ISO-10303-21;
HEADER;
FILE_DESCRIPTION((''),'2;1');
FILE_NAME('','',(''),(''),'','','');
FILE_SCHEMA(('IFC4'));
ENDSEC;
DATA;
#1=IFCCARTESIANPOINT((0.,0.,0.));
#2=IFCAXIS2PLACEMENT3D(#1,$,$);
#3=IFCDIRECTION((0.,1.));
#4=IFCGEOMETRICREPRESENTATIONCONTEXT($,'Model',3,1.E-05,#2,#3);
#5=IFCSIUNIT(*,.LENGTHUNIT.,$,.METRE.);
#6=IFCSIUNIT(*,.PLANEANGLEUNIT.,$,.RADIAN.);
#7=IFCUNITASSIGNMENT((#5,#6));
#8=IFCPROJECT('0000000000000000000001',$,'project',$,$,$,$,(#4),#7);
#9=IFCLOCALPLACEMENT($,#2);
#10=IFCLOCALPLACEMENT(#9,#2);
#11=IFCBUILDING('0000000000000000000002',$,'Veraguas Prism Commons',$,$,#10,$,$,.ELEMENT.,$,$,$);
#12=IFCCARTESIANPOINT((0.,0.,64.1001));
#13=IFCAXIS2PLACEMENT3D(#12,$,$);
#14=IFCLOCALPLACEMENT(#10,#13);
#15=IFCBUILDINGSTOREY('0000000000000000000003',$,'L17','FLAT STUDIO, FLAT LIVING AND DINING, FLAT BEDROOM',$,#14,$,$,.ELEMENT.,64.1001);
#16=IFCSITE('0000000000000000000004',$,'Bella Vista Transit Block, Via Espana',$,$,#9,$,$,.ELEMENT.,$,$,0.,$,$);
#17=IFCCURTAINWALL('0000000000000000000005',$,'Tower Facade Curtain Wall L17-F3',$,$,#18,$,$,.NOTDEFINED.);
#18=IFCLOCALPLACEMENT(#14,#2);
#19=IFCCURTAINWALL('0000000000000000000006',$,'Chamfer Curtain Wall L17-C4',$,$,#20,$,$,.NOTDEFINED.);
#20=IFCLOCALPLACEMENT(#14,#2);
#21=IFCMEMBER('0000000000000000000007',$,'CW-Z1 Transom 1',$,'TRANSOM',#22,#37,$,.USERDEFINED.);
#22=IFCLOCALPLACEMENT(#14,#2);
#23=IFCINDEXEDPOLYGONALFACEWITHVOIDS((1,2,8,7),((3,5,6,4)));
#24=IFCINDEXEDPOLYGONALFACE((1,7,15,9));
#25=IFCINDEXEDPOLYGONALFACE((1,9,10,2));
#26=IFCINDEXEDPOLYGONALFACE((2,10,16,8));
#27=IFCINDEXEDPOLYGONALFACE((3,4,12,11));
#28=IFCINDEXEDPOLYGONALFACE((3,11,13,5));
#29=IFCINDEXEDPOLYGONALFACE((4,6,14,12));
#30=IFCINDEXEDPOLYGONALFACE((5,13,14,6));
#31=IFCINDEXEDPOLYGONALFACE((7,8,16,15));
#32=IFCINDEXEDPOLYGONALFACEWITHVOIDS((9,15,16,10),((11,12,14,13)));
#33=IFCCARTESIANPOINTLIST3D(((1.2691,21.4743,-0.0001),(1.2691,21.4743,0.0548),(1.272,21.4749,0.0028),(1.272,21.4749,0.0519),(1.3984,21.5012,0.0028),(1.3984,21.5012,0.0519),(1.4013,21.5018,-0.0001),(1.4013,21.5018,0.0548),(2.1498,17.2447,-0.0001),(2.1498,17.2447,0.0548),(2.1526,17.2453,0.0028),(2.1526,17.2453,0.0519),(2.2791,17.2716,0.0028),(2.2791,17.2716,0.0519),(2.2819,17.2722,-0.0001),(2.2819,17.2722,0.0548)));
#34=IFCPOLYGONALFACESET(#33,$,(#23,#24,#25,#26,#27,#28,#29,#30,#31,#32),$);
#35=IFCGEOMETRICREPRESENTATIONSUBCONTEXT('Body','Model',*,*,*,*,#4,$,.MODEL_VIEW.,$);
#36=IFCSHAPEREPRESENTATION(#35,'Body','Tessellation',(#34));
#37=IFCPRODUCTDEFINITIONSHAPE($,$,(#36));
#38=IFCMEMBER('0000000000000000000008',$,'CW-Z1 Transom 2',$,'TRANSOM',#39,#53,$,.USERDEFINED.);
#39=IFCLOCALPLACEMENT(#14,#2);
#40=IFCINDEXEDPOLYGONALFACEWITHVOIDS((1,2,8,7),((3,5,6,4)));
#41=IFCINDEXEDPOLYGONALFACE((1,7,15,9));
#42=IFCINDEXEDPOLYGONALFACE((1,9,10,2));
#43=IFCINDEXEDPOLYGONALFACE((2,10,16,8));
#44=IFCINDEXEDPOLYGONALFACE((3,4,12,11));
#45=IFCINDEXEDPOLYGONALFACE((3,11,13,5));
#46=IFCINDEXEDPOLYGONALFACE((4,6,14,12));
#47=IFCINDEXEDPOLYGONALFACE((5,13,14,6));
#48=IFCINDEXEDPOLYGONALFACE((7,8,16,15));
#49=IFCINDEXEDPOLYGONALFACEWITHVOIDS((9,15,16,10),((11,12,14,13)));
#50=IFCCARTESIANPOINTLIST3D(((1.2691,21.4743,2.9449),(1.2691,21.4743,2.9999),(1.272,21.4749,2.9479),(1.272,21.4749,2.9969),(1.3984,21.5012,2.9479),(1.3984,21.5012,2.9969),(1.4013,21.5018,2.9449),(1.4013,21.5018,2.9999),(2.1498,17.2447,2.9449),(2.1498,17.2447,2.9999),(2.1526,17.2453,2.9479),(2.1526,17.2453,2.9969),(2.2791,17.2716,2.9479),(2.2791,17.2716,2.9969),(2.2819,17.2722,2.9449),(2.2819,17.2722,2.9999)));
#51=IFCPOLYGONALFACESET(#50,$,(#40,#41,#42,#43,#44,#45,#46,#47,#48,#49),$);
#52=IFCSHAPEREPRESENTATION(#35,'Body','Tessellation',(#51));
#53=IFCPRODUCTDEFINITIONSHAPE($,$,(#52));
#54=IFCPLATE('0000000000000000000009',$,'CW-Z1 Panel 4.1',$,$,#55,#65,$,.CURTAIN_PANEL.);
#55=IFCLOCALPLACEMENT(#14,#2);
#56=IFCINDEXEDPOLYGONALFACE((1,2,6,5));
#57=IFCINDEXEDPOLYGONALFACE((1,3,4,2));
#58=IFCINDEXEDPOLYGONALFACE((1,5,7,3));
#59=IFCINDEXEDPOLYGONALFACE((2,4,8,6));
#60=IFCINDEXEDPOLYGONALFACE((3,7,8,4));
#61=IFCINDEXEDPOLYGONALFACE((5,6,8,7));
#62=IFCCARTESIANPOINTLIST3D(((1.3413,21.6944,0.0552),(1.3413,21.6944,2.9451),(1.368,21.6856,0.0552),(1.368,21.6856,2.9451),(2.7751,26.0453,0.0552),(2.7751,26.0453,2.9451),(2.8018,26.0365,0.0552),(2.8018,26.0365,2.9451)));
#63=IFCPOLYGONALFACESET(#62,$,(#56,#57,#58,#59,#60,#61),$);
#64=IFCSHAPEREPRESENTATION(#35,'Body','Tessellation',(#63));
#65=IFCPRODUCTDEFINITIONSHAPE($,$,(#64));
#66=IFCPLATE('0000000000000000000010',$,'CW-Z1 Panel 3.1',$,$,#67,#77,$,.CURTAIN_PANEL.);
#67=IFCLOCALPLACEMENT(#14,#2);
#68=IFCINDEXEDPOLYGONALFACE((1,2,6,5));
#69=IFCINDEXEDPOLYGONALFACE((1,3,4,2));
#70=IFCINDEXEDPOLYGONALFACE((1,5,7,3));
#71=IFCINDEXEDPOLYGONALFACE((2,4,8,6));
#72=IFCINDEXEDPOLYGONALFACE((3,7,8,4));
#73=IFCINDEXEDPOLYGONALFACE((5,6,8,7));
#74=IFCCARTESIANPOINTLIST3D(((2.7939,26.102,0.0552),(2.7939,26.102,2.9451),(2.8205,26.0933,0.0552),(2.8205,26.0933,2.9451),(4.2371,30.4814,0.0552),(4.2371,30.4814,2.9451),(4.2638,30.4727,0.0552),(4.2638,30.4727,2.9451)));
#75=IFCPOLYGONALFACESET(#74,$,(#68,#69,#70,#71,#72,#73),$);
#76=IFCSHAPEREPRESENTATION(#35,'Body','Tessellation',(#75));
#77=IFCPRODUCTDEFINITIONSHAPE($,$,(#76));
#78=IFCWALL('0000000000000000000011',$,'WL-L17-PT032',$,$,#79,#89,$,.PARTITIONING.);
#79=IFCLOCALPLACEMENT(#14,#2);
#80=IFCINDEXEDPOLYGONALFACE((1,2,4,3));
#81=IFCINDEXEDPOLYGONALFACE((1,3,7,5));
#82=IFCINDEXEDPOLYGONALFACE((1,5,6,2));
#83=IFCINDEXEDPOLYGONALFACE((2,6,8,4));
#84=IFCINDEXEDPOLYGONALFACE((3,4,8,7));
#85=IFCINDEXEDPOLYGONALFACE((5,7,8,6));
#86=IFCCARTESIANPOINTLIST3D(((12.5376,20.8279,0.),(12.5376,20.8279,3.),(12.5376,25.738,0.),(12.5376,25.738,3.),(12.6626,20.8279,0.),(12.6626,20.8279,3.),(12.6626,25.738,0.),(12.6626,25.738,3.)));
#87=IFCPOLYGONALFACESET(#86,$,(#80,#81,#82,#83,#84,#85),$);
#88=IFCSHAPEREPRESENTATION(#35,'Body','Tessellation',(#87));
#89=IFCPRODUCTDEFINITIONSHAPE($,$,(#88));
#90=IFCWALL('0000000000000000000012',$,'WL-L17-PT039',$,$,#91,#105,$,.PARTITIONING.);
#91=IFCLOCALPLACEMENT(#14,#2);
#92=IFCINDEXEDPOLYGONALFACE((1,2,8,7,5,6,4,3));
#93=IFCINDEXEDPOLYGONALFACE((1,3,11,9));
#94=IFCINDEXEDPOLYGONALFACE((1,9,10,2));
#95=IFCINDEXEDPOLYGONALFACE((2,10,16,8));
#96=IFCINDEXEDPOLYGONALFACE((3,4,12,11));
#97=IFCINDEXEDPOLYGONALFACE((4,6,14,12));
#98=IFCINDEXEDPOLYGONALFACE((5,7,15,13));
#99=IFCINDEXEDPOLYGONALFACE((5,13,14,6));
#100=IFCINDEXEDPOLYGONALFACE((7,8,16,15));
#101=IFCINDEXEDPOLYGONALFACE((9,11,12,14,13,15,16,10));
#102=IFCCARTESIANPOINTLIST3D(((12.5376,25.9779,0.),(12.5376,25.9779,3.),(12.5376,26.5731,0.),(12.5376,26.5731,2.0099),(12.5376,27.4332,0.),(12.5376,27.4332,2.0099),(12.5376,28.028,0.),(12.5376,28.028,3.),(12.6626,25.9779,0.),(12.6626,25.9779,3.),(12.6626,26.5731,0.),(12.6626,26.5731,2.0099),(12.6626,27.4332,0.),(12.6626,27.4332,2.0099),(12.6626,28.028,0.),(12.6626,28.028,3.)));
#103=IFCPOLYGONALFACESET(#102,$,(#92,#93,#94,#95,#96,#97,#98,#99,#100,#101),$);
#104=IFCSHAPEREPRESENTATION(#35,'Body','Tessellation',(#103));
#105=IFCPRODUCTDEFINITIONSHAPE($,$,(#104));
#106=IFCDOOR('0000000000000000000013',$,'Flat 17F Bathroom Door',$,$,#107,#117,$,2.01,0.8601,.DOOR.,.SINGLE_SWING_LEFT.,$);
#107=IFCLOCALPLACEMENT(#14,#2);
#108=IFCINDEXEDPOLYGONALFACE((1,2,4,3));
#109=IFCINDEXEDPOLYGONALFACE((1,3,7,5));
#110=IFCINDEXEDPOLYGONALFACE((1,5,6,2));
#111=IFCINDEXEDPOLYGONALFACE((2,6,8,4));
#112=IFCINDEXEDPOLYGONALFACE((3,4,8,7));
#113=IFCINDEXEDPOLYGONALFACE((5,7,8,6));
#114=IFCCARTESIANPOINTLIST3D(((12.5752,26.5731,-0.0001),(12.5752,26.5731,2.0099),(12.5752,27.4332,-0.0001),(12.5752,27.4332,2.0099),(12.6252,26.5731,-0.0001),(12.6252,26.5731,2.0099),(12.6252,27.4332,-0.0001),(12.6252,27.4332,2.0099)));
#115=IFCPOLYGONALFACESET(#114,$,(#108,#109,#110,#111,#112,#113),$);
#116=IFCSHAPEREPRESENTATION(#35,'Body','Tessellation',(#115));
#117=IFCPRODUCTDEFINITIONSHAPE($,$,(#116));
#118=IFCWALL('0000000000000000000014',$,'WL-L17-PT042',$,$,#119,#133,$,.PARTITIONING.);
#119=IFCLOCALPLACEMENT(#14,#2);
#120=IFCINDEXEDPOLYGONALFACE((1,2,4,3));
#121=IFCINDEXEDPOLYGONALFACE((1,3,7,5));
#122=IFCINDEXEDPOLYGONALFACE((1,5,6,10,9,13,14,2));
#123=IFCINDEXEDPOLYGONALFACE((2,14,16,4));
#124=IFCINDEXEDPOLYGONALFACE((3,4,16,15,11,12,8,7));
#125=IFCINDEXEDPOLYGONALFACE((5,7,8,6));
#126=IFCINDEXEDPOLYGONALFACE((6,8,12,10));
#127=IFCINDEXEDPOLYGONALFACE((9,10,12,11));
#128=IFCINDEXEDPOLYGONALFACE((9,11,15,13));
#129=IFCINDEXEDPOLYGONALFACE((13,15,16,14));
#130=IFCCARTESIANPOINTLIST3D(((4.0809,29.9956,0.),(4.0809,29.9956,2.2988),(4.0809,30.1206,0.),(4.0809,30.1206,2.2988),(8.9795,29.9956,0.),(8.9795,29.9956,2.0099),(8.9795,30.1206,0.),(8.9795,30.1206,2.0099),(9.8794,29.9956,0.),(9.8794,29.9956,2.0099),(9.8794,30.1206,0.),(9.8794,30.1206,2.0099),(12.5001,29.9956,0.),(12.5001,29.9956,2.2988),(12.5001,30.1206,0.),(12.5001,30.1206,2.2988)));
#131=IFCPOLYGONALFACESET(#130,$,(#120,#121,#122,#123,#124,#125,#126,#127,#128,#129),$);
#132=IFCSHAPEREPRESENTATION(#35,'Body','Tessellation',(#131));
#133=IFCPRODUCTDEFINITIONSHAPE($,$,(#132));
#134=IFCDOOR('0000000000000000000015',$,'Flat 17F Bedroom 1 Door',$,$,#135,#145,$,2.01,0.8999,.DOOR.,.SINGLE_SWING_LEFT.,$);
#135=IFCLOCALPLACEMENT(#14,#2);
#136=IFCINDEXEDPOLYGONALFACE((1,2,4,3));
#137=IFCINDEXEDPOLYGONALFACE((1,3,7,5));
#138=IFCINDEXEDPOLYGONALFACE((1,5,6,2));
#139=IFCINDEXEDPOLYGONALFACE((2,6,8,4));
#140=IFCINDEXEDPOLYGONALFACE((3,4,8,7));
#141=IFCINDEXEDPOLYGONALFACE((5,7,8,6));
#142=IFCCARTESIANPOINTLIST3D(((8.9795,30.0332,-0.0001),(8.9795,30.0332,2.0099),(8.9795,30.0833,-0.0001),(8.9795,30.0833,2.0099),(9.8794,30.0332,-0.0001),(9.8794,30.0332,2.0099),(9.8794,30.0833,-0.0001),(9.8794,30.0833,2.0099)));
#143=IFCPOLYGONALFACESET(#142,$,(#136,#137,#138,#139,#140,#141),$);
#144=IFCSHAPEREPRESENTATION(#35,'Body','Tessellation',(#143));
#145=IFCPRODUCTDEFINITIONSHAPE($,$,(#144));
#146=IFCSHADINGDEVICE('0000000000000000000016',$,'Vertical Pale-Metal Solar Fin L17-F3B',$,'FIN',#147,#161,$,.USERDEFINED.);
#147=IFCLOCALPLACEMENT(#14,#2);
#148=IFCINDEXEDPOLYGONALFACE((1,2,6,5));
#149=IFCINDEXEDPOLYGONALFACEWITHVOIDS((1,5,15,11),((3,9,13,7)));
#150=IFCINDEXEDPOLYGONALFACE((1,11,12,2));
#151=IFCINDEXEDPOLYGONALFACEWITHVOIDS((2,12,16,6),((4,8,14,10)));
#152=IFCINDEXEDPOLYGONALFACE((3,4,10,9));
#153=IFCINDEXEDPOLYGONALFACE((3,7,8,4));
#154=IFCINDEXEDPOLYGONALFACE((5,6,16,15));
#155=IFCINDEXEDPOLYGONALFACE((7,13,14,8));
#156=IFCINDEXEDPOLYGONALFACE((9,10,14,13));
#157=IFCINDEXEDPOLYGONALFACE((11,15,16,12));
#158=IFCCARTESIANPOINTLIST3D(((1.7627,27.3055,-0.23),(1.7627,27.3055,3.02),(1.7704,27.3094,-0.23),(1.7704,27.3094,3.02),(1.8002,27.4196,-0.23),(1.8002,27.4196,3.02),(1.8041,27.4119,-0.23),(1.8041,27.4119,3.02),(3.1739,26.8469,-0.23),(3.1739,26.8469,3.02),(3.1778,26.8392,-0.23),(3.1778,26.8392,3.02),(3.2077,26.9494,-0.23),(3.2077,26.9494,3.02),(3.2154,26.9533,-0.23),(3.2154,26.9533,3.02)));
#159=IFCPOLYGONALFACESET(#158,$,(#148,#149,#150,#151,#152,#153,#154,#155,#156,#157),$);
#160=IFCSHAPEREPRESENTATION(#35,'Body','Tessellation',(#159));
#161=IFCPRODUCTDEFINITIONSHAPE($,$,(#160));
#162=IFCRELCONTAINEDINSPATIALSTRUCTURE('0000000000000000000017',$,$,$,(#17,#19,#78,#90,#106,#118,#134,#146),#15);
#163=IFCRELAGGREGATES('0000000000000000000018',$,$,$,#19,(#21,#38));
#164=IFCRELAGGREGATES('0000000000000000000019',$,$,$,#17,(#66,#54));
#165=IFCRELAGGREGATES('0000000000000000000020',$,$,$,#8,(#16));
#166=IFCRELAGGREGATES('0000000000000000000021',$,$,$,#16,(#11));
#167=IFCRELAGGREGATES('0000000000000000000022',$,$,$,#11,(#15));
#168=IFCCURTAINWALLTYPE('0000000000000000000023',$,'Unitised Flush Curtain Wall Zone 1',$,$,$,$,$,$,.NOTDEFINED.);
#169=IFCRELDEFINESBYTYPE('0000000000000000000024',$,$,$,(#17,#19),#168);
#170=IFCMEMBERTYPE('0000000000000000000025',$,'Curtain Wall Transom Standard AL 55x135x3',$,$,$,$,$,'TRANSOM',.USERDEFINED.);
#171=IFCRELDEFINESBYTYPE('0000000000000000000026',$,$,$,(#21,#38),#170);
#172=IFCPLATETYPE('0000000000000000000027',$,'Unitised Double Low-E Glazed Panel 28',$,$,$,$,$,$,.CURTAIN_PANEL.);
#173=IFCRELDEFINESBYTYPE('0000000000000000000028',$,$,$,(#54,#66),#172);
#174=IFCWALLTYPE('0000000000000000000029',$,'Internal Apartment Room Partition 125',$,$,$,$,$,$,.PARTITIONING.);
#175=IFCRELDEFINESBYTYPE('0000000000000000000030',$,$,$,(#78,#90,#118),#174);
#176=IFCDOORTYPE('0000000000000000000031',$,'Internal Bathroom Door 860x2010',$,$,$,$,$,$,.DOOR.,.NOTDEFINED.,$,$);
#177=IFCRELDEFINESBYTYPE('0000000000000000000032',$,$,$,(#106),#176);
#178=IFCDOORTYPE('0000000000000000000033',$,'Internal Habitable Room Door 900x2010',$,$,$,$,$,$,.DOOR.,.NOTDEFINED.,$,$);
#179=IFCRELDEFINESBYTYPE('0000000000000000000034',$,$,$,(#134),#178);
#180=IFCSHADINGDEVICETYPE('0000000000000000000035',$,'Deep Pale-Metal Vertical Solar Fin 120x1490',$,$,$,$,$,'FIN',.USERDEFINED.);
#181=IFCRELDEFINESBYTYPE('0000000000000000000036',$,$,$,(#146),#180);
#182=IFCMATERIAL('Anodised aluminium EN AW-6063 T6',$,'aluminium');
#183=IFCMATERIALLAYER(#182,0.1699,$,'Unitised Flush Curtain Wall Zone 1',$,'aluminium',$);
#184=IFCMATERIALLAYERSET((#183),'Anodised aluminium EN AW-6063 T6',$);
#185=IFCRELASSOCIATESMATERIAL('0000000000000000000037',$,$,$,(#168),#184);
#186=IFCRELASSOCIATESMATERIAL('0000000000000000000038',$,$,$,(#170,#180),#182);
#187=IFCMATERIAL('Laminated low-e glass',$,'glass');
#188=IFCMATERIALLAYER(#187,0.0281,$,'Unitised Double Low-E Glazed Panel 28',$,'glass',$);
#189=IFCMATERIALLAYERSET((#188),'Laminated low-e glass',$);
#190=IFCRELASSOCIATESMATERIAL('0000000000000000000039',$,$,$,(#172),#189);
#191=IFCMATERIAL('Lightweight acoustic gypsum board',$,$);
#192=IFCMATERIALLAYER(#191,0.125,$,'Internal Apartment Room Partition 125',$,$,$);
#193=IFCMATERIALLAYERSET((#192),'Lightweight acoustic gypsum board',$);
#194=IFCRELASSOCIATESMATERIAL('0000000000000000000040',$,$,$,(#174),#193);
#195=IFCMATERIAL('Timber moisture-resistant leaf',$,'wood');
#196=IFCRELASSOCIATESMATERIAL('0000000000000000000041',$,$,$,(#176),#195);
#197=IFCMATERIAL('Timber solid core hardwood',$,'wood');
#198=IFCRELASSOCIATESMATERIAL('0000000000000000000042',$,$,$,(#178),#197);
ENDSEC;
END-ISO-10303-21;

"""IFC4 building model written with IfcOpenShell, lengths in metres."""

from ifc_helpers import new_model, si_unit, direction, frame, frame_2d, origin, origin_2d, place, context, subcontext, project, spatial, rectangle, hollow_rectangle, extrude, source, transform, mapped, material, layer, layer_set, material_profile, profile_set, type_object, element, fill, aggregate, save


model = new_model("IFC4")

# Units and contexts
model_context = context("Model", 3, precision=1e-05, world=origin(), true_north=direction((0.0, 1.0)))
body_context = subcontext(model_context, "Body", "Model", "MODEL_VIEW")
ifc_project = project(units=[si_unit("LENGTHUNIT", "METRE"), si_unit("PLANEANGLEUNIT", "RADIAN")], contexts=[model_context])

# Site, building, storey
site_placement = place(None, origin())
site = spatial("IfcSite", under=ifc_project, at=site_placement, Name="Bella Vista Transit Block, Via Espana", CompositionType="ELEMENT", RefElevation=0.0)
building_placement = place(site_placement, origin())
building = spatial("IfcBuilding", under=site, at=building_placement, Name="Veraguas Prism Commons", CompositionType="ELEMENT")
storey_placement = place(building_placement, frame((0.0, 0.0, 64.1001)))
storey = spatial("IfcBuildingStorey", under=building, at=storey_placement, Name="L17", Description="FLAT STUDIO, FLAT LIVING AND DINING, FLAT BEDROOM", CompositionType="ELEMENT", Elevation=64.1001)

# Curtain walls, members
ifc_material_1 = material(Name="Anodised aluminium EN AW-6063 T6", Category="aluminium")
ifc_layer_1 = layer(ifc_material_1, 0.1699, Name="Unitised Flush Curtain Wall Zone 1", Category="aluminium")
ifc_layer_set_1 = layer_set([ifc_layer_1], Name="Anodised aluminium EN AW-6063 T6")
curtain_wall_type = type_object("IfcCurtainWallType", Name="Unitised Flush Curtain Wall Zone 1", PredefinedType="NOTDEFINED", material=ifc_layer_set_1)
curtain_wall_1_placement = place(storey_placement, origin())
curtain_wall_1 = element("IfcCurtainWall", 1, at=curtain_wall_1_placement, inside=storey, type_object=curtain_wall_type, Name="Tower Facade Curtain Wall L17-F3", PredefinedType="NOTDEFINED")
curtain_wall_2_placement = place(storey_placement, origin())
curtain_wall_2 = element("IfcCurtainWall", 2, at=curtain_wall_2_placement, inside=storey, type_object=curtain_wall_type, Name="Chamfer Curtain Wall L17-C4", PredefinedType="NOTDEFINED")
ifc_material_profile_1 = material_profile(ifc_material_1, hollow_rectangle(XDim=0.0549, YDim=0.135, WallThickness=0.0029, at=origin_2d()), Name="AL55X135X3")
ifc_profile_set_1 = profile_set([ifc_material_profile_1], Name="Anodised aluminium EN AW-6063 T6")
member_type_1 = type_object("IfcMemberType", Name="Curtain Wall Transom Standard AL 55x135x3", ElementType="TRANSOM", PredefinedType="USERDEFINED", material=ifc_profile_set_1)
shared_shape_1 = source(origin(), body_context, "Body", "SweptSolid", [
    extrude(hollow_rectangle(XDim=0.0549, YDim=0.135, WallThickness=0.0029, at=origin_2d()), origin(), (0.0, 0.0, 1.0), 4.3203),
])
member_1_placement = place(storey_placement, frame((1.3352, 21.488, 0.0273), z_axis=(0.203837, -0.979005, 0.0), x_axis=(0.0, 0.0, 1.0)))
member_1 = element("IfcMember", 3, at=member_1_placement, type_object=member_type_1, Name="CW-Z1 Transom 1", ObjectType="TRANSOM", PredefinedType="USERDEFINED", context=body_context, shape_type="MappedRepresentation", body=[
    mapped(shared_shape_1, transform((0.0, 0.0, 0.0), scale=1.0)),
])
member_2_placement = place(storey_placement, frame((1.3352, 21.488, 2.9724), z_axis=(0.203837, -0.979005, 0.0), x_axis=(0.0, 0.0, 1.0)))
member_2 = element("IfcMember", 4, at=member_2_placement, type_object=member_type_1, Name="CW-Z1 Transom 2", ObjectType="TRANSOM", PredefinedType="USERDEFINED", context=body_context, shape_type="MappedRepresentation", body=[
    mapped(shared_shape_1, transform((0.0, 0.0, 0.0), scale=1.0)),
])
aggregate(curtain_wall_2, [member_1, member_2])

# Plates
ifc_material_2 = material(Name="Laminated low-e glass", Category="glass")
ifc_layer_2 = layer(ifc_material_2, 0.0281, Name="Unitised Double Low-E Glazed Panel 28", Category="glass")
ifc_layer_set_2 = layer_set([ifc_layer_2], Name="Laminated low-e glass")
plate_type = type_object("IfcPlateType", Name="Unitised Double Low-E Glazed Panel 28", PredefinedType="CURTAIN_PANEL", material=ifc_layer_set_2)
shared_shape_2 = source(origin(), body_context, "Body", "SweptSolid", [
    extrude(rectangle(XDim=4.5811, YDim=0.0281, at=origin_2d()), origin(), (0.0, 0.0, 1.0), 2.8899),
])
plate_1_placement = place(storey_placement, frame((2.0715, 23.8655, 0.0552), z_axis=(0.0, 0.0, 1.0), x_axis=(-0.312991, -0.949756, 0.0)))
plate_1 = element("IfcPlate", 5, at=plate_1_placement, type_object=plate_type, Name="CW-Z1 Panel 4.1", PredefinedType="CURTAIN_PANEL", context=body_context, shape_type="MappedRepresentation", body=[
    mapped(shared_shape_2, transform((0.0, 0.0, 0.0), scale=1.0)),
])
shared_shape_3 = source(origin(), body_context, "Body", "SweptSolid", [
    extrude(rectangle(XDim=4.6111, YDim=0.0281, at=origin_2d()), origin(), (0.0, 0.0, 1.0), 2.8899),
])
plate_2_placement = place(storey_placement, frame((3.5288, 28.2874, 0.0552), z_axis=(0.0, 0.0, 1.0), x_axis=(-0.312991, -0.949756, 0.0)))
plate_2 = element("IfcPlate", 6, at=plate_2_placement, type_object=plate_type, Name="CW-Z1 Panel 3.1", PredefinedType="CURTAIN_PANEL", context=body_context, shape_type="MappedRepresentation", body=[
    mapped(shared_shape_3, transform((0.0, 0.0, 0.0), scale=1.0)),
])
aggregate(curtain_wall_1, [plate_2, plate_1])

# Wall
ifc_material_3 = material(Name="Lightweight acoustic gypsum board")
ifc_layer_3 = layer(ifc_material_3, 0.125, Name="Internal Apartment Room Partition 125")
ifc_layer_set_3 = layer_set([ifc_layer_3], Name="Lightweight acoustic gypsum board")
wall_type = type_object("IfcWallType", Name="Internal Apartment Room Partition 125", PredefinedType="PARTITIONING", material=ifc_layer_set_3)
wall_1_placement = place(storey_placement, frame((12.6001, 20.8279, 0.0), z_axis=(0.0, 0.0, 1.0), x_axis=(0.0, 1.0, 0.0)))
element("IfcWall", 7, at=wall_1_placement, inside=storey, type_object=wall_type, Name="WL-L17-PT032", PredefinedType="PARTITIONING", context=body_context, shape_type="SweptSolid", body=[
    extrude(rectangle(XDim=4.9102, YDim=0.125, at=frame_2d((2.4551, 0.0))), origin(), (0.0, 0.0, 1.0), 3.0),
])

# Walls, openings, doors
wall_2_placement = place(storey_placement, frame((12.6001, 25.978, 0.0), z_axis=(0.0, 0.0, 1.0), x_axis=(0.0, 1.0, 0.0)))
wall_2 = element("IfcWall", 8, at=wall_2_placement, inside=storey, type_object=wall_type, Name="WL-L17-PT039", PredefinedType="PARTITIONING", context=body_context, shape_type="SweptSolid", body=[
    extrude(rectangle(XDim=2.05, YDim=0.125, at=frame_2d((1.0249, 0.0))), origin(), (0.0, 0.0, 1.0), 3.0),
])
opening_1_placement = place(wall_2_placement, frame((0.595, 0.0, 0.0)))
opening_1 = element("IfcOpeningElement", 9, at=opening_1_placement, cuts=wall_2, PredefinedType="OPENING", context=body_context, shape_type="SweptSolid", body=[
    extrude(rectangle(XDim=0.8601, YDim=2.01, at=frame_2d((0.4302, 1.0049))), frame((0.0, 0.0725, 0.0), z_axis=(0.0, -1.0, 0.0), x_axis=(1.0, 0.0, 0.0)), (0.0, 0.0, 1.0), 0.145),
])
ifc_material_4 = material(Name="Timber moisture-resistant leaf", Category="wood")
door_type_1 = type_object("IfcDoorType", Name="Internal Bathroom Door 860x2010", OperationType="NOTDEFINED", PredefinedType="DOOR", material=ifc_material_4)
shared_shape_4 = source(origin(), body_context, "Body", "SweptSolid", [
    extrude(rectangle(XDim=0.8601, YDim=2.01, at=frame_2d((0.4302, 1.0049))), frame((0.0, 0.0249, 0.0), z_axis=(0.0, -1.0, 0.0), x_axis=(1.0, 0.0, 0.0)), (0.0, 0.0, 1.0), 0.05),
])
door_1_placement = place(opening_1_placement, origin())
door_1 = element("IfcDoor", 10, at=door_1_placement, inside=storey, type_object=door_type_1, Name="Flat 17F Bathroom Door", OperationType="SINGLE_SWING_LEFT", OverallHeight=2.01, OverallWidth=0.8601, PredefinedType="DOOR", context=body_context, shape_type="MappedRepresentation", body=[
    mapped(shared_shape_4, transform((0.0, 0.0, 0.0), scale=1.0)),
])
fill(opening_1, door_1)
wall_3_placement = place(storey_placement, frame((12.5, 30.0581, 0.0), z_axis=(0.0, 0.0, 1.0), x_axis=(-1.0, 0.0, 0.0)))
wall_3 = element("IfcWall", 11, at=wall_3_placement, inside=storey, type_object=wall_type, Name="WL-L17-PT042", PredefinedType="PARTITIONING", context=body_context, shape_type="SweptSolid", body=[
    extrude(rectangle(XDim=8.4192, YDim=0.125, at=frame_2d((4.2095, 0.0))), origin(), (0.0, 0.0, 1.0), 2.2988),
])
opening_2_placement = place(wall_3_placement, frame((2.6206, 0.0, 0.0)))
opening_2 = element("IfcOpeningElement", 12, at=opening_2_placement, cuts=wall_3, PredefinedType="OPENING", context=body_context, shape_type="SweptSolid", body=[
    extrude(rectangle(XDim=0.8999, YDim=2.01, at=frame_2d((0.45, 1.0049))), frame((0.0, 0.0725, 0.0), z_axis=(0.0, -1.0, 0.0), x_axis=(1.0, 0.0, 0.0)), (0.0, 0.0, 1.0), 0.145),
])
ifc_material_5 = material(Name="Timber solid core hardwood", Category="wood")
door_type_2 = type_object("IfcDoorType", Name="Internal Habitable Room Door 900x2010", OperationType="NOTDEFINED", PredefinedType="DOOR", material=ifc_material_5)
shared_shape_5 = source(origin(), body_context, "Body", "SweptSolid", [
    extrude(rectangle(XDim=0.8999, YDim=2.01, at=frame_2d((0.45, 1.0049))), frame((0.0, 0.0249, 0.0), z_axis=(0.0, -1.0, 0.0), x_axis=(1.0, 0.0, 0.0)), (0.0, 0.0, 1.0), 0.05),
])
door_2_placement = place(opening_2_placement, origin())
door_2 = element("IfcDoor", 13, at=door_2_placement, inside=storey, type_object=door_type_2, Name="Flat 17F Bedroom 1 Door", OperationType="SINGLE_SWING_LEFT", OverallHeight=2.01, OverallWidth=0.8999, PredefinedType="DOOR", context=body_context, shape_type="MappedRepresentation", body=[
    mapped(shared_shape_5, transform((0.0, 0.0, 0.0), scale=1.0)),
])
fill(opening_2, door_2)

# Shading device
ifc_material_profile_2 = material_profile(ifc_material_1, hollow_rectangle(XDim=0.1201, YDim=1.49, WallThickness=0.0061, at=origin_2d()), Name="FIN120X1490X6")
ifc_profile_set_2 = profile_set([ifc_material_profile_2], Name="Anodised aluminium EN AW-6063 T6")
shading_device_type = type_object("IfcShadingDeviceType", Name="Deep Pale-Metal Vertical Solar Fin 120x1490", ElementType="FIN", PredefinedType="USERDEFINED", material=ifc_profile_set_2)
shading_device_placement = place(storey_placement, frame((2.489, 27.1294, -0.23), z_axis=(0.0, 0.0, 1.0), x_axis=(-0.312993, -0.949755, 0.0)))
element("IfcShadingDevice", 14, at=shading_device_placement, inside=storey, type_object=shading_device_type, Name="Vertical Pale-Metal Solar Fin L17-F3B", ObjectType="FIN", PredefinedType="USERDEFINED", context=body_context, shape_type="SweptSolid", body=[
    extrude(hollow_rectangle(XDim=0.1201, YDim=1.49, WallThickness=0.0061, at=origin_2d()), origin(), (0.0, 0.0, 1.0), 3.25),
])

save(model, "model.ifc")
